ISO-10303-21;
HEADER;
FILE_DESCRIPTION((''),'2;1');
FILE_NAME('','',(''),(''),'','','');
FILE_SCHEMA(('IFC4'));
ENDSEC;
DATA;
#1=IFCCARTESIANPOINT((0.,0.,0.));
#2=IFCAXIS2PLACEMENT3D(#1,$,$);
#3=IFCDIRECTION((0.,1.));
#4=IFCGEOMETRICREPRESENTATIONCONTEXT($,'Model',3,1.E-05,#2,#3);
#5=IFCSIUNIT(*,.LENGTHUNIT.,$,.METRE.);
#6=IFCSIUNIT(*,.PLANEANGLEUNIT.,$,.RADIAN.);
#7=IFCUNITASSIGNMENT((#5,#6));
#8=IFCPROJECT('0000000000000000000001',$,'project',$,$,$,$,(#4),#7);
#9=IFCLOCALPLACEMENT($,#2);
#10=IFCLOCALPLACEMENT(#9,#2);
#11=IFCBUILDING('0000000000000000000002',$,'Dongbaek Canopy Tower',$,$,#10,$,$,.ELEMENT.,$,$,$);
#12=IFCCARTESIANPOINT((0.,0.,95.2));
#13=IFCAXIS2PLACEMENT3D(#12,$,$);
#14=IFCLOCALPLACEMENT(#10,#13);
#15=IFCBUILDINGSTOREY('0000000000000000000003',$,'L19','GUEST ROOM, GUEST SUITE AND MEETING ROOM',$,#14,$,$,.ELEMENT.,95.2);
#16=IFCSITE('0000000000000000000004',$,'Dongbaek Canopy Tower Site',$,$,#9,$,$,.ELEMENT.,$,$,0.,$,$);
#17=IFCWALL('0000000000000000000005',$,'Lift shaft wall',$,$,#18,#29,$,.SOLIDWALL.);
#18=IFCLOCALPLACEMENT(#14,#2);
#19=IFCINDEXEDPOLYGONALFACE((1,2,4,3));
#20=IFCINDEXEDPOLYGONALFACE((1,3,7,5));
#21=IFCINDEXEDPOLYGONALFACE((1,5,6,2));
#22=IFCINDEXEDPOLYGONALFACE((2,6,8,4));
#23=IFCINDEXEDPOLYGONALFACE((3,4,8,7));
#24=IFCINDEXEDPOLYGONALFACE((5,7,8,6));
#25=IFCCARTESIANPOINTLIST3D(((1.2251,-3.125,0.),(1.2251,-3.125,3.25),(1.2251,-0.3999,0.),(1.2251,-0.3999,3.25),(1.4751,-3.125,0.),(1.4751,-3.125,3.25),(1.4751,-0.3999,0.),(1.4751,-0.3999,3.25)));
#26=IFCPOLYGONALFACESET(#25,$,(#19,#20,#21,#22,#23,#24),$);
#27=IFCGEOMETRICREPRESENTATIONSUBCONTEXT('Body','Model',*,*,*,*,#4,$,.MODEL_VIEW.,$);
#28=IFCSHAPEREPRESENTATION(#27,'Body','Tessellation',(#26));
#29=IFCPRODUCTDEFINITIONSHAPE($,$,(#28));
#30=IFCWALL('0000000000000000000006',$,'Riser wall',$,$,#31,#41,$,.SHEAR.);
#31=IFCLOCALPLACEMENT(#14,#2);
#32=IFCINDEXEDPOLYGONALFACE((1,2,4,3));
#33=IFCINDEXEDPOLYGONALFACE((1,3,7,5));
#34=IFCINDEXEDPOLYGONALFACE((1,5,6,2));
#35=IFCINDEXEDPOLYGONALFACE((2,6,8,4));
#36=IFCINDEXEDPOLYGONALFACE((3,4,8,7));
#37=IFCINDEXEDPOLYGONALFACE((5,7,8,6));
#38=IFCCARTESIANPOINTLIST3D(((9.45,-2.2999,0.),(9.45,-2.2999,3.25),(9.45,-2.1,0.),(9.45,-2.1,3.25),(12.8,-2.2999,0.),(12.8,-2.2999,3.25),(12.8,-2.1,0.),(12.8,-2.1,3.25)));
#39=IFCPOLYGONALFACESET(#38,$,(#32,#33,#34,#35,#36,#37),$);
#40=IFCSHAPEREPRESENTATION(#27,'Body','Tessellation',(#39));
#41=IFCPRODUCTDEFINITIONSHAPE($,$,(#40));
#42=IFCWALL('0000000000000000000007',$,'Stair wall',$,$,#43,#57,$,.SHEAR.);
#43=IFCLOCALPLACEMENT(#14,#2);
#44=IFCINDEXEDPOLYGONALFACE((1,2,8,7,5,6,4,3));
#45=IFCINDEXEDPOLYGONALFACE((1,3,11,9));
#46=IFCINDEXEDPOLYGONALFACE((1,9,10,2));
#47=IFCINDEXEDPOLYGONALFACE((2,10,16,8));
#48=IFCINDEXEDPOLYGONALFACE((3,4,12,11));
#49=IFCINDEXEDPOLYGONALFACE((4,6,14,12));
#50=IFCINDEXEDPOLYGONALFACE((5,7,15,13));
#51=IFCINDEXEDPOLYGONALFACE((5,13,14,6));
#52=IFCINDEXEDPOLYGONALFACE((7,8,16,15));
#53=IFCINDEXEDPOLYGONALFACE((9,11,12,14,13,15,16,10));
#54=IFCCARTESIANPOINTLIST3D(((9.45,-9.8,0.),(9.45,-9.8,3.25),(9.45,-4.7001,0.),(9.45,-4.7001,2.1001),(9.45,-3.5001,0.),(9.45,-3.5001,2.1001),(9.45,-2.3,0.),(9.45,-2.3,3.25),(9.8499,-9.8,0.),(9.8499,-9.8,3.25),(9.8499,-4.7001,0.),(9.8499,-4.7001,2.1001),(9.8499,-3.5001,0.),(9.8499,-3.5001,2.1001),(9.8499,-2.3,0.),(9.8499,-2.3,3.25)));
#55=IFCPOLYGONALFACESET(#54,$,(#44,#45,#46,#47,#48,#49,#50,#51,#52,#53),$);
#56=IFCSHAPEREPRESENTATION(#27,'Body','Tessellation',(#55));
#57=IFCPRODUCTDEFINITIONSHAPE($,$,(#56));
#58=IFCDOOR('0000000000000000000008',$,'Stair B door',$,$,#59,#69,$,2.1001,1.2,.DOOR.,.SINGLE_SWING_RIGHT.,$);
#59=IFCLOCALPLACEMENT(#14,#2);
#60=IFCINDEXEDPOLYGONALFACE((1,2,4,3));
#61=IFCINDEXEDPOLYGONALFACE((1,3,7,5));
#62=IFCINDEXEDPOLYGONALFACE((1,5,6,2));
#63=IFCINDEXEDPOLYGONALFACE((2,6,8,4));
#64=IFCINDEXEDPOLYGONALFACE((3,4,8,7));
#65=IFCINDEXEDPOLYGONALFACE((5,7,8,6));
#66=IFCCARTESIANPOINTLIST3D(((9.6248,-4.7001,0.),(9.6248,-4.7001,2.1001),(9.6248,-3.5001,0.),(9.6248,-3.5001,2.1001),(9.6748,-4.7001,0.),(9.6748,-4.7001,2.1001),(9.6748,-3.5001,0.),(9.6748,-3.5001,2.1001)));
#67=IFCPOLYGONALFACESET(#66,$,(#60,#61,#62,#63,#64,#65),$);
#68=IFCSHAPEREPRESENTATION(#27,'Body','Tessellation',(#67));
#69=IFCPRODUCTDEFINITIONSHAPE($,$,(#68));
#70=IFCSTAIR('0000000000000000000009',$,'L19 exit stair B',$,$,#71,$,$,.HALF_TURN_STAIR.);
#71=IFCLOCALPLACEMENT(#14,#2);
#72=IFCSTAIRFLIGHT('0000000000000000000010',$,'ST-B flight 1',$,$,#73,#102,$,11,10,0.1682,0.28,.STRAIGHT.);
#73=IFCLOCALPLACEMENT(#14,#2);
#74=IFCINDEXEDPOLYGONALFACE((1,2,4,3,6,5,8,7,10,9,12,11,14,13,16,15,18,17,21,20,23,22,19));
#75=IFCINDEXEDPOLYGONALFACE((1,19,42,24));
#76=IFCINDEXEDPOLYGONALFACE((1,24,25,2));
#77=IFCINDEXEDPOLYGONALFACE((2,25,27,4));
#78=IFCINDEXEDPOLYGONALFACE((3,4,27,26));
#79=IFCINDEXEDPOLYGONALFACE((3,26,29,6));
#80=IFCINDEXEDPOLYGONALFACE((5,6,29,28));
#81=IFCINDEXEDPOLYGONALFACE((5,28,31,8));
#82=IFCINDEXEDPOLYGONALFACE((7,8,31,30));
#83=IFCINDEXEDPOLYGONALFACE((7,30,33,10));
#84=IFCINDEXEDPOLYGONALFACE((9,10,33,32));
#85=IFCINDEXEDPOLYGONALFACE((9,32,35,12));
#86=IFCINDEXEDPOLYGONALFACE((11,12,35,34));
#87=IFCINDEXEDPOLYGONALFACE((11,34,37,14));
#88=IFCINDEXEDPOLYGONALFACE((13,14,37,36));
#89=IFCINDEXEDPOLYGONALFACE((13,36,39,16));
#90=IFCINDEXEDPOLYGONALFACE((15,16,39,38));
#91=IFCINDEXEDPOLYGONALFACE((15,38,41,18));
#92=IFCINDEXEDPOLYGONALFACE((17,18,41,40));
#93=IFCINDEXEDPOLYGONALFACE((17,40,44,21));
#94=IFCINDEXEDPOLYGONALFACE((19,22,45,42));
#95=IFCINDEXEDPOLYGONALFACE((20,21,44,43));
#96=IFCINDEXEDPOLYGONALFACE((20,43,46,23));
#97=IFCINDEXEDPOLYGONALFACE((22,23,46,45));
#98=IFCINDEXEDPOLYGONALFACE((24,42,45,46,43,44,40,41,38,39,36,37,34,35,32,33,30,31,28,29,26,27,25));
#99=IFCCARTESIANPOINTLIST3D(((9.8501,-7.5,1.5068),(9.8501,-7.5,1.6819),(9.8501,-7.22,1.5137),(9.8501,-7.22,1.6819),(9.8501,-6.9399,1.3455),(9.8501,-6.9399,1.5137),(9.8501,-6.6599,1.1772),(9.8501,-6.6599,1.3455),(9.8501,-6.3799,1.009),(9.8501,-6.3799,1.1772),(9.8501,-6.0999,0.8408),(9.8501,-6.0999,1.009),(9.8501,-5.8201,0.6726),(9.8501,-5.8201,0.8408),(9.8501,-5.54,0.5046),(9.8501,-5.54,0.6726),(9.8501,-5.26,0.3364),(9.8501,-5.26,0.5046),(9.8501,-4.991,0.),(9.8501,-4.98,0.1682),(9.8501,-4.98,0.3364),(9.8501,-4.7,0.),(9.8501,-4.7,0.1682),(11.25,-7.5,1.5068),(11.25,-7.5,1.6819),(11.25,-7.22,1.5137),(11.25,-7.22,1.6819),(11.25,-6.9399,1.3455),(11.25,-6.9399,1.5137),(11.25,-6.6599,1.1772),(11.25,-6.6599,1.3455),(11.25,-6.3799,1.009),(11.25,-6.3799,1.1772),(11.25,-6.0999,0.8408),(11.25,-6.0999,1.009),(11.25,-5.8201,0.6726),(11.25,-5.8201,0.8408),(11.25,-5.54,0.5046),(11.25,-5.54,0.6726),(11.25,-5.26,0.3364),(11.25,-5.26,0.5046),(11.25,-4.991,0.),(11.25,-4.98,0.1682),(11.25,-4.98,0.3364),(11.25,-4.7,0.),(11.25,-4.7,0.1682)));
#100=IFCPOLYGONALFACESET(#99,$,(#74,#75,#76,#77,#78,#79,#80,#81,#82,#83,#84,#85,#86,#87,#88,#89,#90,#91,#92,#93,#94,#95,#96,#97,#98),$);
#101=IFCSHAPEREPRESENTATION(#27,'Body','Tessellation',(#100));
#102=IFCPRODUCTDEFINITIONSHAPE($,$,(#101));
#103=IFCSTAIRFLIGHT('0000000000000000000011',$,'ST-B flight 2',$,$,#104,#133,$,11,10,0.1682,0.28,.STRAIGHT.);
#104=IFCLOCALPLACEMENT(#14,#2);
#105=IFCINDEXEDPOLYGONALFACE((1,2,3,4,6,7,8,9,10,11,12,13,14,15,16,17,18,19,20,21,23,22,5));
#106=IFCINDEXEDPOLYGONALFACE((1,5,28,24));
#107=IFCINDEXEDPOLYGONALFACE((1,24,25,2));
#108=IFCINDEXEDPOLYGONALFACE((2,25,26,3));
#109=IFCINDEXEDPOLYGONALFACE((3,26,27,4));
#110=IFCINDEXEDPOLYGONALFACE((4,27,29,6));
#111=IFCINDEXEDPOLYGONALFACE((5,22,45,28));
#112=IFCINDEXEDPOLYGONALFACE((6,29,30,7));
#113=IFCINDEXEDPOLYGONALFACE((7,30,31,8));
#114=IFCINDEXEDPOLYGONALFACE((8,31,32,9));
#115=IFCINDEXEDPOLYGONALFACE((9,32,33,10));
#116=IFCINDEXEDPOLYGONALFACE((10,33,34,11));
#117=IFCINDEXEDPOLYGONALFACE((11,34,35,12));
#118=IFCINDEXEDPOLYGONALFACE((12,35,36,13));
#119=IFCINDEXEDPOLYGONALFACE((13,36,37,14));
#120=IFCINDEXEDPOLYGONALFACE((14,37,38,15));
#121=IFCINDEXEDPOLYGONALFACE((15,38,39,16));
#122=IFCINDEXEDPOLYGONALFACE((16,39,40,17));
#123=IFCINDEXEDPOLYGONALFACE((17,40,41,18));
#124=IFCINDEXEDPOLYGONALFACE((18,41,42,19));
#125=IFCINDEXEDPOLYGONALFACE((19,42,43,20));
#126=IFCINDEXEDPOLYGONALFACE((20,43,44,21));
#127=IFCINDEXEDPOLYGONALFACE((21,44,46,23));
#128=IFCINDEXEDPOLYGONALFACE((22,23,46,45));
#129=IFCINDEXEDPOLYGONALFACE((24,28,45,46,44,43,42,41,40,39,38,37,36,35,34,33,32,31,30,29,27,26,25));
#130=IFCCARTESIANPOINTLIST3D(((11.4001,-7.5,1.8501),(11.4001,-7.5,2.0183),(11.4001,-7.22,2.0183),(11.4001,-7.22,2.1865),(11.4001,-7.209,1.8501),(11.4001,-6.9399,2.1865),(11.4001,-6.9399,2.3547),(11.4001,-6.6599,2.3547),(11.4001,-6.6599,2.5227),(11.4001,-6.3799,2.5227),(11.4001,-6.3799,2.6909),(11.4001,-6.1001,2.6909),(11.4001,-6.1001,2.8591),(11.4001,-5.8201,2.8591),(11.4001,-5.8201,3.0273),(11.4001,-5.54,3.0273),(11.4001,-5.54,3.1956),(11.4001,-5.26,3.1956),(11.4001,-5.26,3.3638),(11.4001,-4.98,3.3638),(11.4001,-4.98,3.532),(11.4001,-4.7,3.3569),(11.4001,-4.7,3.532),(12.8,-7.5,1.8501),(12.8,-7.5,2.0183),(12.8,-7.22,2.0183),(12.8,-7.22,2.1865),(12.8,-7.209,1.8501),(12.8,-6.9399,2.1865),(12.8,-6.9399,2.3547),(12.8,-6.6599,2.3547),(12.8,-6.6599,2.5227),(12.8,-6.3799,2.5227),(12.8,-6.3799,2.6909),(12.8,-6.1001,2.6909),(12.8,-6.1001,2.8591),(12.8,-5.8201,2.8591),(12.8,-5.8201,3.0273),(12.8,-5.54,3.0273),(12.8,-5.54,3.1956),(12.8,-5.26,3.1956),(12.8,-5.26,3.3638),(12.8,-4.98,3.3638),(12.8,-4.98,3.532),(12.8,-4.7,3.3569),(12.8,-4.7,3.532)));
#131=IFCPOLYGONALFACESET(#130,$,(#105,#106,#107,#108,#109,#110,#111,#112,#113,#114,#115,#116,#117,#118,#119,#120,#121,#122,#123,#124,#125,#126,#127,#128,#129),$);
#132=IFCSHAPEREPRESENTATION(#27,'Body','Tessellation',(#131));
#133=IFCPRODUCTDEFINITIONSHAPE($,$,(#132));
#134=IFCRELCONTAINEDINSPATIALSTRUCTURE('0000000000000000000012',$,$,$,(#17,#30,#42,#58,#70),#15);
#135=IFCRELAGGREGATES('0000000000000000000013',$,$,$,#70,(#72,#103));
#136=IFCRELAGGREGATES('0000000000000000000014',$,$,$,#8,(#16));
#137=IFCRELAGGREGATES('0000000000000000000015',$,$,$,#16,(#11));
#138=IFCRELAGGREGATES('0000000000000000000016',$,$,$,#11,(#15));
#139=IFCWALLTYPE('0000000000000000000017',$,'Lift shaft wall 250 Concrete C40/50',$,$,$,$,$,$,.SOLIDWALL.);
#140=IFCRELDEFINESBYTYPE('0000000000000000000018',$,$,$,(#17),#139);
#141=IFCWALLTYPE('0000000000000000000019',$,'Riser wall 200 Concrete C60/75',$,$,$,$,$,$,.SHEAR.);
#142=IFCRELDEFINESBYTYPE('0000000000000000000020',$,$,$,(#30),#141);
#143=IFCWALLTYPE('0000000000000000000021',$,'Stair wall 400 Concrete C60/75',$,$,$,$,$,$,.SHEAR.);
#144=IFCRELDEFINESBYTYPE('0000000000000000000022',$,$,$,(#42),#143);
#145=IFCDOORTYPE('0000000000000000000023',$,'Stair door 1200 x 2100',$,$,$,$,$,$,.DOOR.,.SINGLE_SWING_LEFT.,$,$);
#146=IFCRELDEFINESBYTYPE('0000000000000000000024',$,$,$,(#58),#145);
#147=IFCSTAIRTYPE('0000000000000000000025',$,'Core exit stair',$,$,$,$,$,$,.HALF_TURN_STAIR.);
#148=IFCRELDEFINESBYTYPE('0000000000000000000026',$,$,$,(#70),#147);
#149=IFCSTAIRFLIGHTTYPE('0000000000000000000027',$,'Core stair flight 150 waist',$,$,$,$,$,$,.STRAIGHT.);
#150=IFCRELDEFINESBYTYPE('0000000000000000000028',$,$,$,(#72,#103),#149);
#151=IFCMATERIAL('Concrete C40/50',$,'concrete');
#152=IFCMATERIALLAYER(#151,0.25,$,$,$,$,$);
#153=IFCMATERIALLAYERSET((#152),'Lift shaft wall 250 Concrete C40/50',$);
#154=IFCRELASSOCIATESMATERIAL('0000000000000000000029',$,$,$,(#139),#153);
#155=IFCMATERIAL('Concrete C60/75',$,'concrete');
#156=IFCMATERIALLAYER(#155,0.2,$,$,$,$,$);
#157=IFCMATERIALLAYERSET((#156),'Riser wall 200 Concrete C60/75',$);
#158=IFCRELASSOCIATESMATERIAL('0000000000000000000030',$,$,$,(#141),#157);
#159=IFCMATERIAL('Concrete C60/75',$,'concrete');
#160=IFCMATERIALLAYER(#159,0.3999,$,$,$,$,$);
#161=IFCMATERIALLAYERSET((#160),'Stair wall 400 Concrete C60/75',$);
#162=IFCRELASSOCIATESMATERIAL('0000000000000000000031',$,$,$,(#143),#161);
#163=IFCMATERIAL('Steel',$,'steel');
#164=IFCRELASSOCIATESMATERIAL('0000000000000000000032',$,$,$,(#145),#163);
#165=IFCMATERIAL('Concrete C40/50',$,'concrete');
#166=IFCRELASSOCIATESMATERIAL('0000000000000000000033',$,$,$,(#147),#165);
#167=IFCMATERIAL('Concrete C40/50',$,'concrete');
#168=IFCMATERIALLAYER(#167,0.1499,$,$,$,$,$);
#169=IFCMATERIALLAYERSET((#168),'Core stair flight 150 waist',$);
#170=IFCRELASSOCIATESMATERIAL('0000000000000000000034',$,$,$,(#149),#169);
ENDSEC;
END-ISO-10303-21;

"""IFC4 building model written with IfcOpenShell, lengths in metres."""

from ifc_helpers import new_model, si_unit, direction, frame, frame_2d, origin, place, context, subcontext, project, spatial, polyline, rectangle, outline, extrude, material, layer, layer_set, type_object, element, fill, aggregate, save


model = new_model("IFC4")

# Units and contexts
model_context = context("Model", 3, precision=1e-05, world=origin(), true_north=direction((0.0, 1.0)))
body_context = subcontext(model_context, "Body", "Model", "MODEL_VIEW")
ifc_project = project(units=[si_unit("LENGTHUNIT", "METRE"), si_unit("PLANEANGLEUNIT", "RADIAN")], contexts=[model_context])

# Site, building, storey
site_placement = place(None, origin())
site = spatial("IfcSite", under=ifc_project, at=site_placement, Name="Dongbaek Canopy Tower Site", CompositionType="ELEMENT", RefElevation=0.0)
building_placement = place(site_placement, origin())
building = spatial("IfcBuilding", under=site, at=building_placement, Name="Dongbaek Canopy Tower", CompositionType="ELEMENT")
storey_placement = place(building_placement, frame((0.0, 0.0, 95.2)))
storey = spatial("IfcBuildingStorey", under=building, at=storey_placement, Name="L19", Description="GUEST ROOM, GUEST SUITE AND MEETING ROOM", CompositionType="ELEMENT", Elevation=95.2)

# Walls
ifc_material_1 = material(Name="Concrete C40/50", Category="concrete")
ifc_layer_1 = layer(ifc_material_1, 0.25)
ifc_layer_set_1 = layer_set([ifc_layer_1], Name="Lift shaft wall 250 Concrete C40/50")
wall_type_1 = type_object("IfcWallType", Name="Lift shaft wall 250 Concrete C40/50", PredefinedType="SOLIDWALL", material=ifc_layer_set_1)
for number, where, z_axis, x_axis, name in (
    (1, (1.3501, -3.125, 0.0), (0.0, 0.0, 1.0), (0.0, 1.0, 0.0), "Lift shaft wall"),
):
    element("IfcWall", number, at=place(storey_placement, frame(where, z_axis=z_axis, x_axis=x_axis)), inside=storey, type_object=wall_type_1, Name=name, PredefinedType="SOLIDWALL", context=body_context, shape_type="SweptSolid", body=[
        extrude(rectangle(XDim=2.7251, YDim=0.25, at=frame_2d((1.3625, 0.0))), origin(), (0.0, 0.0, 1.0), 3.25),
    ])
ifc_material_2 = material(Name="Concrete C60/75", Category="concrete")
ifc_layer_2 = layer(ifc_material_2, 0.2)
ifc_layer_set_2 = layer_set([ifc_layer_2], Name="Riser wall 200 Concrete C60/75")
wall_type_2 = type_object("IfcWallType", Name="Riser wall 200 Concrete C60/75", PredefinedType="SHEAR", material=ifc_layer_set_2)
wall_1_placement = place(storey_placement, frame((9.45, -2.2, 0.0), z_axis=(0.0, 0.0, 1.0), x_axis=(1.0, 0.0, 0.0)))
element("IfcWall", 2, at=wall_1_placement, inside=storey, type_object=wall_type_2, Name="Riser wall", PredefinedType="SHEAR", context=body_context, shape_type="SweptSolid", body=[
    extrude(rectangle(XDim=3.3501, YDim=0.2, at=frame_2d((1.675, 0.0))), origin(), (0.0, 0.0, 1.0), 3.25),
])

# Wall, opening, door
ifc_material_3 = material(Name="Concrete C60/75", Category="concrete")
ifc_layer_3 = layer(ifc_material_3, 0.3999)
ifc_layer_set_3 = layer_set([ifc_layer_3], Name="Stair wall 400 Concrete C60/75")
wall_type_3 = type_object("IfcWallType", Name="Stair wall 400 Concrete C60/75", PredefinedType="SHEAR", material=ifc_layer_set_3)
wall_2_placement = place(storey_placement, frame((9.6499, -2.3, 0.0), z_axis=(0.0, 0.0, 1.0), x_axis=(0.0, -1.0, 0.0)))
wall_2 = element("IfcWall", 3, at=wall_2_placement, inside=storey, type_object=wall_type_3, Name="Stair wall", PredefinedType="SHEAR", context=body_context, shape_type="SweptSolid", body=[
    extrude(rectangle(XDim=7.5, YDim=0.3999, at=frame_2d((3.75, 0.0))), origin(), (0.0, 0.0, 1.0), 3.25),
])
opening_1_placement = place(wall_2_placement, frame((1.2, 0.0, 0.0)))
opening_1 = element("IfcOpeningElement", 4, at=opening_1_placement, cuts=wall_2, PredefinedType="OPENING", context=body_context, shape_type="SweptSolid", body=[
    extrude(rectangle(XDim=1.2, YDim=2.1001, at=frame_2d((0.6001, 1.05))), frame((0.0, 0.21, 0.0), z_axis=(0.0, -1.0, 0.0), x_axis=(1.0, 0.0, 0.0)), (0.0, 0.0, 1.0), 0.4199),
])
ifc_material_4 = material(Name="Steel", Category="steel")
door_type_1 = type_object("IfcDoorType", Name="Stair door 1200 x 2100", OperationType="SINGLE_SWING_LEFT", PredefinedType="DOOR", material=ifc_material_4)
door_1_placement = place(opening_1_placement, origin())
door_1 = element("IfcDoor", 5, at=door_1_placement, inside=storey, type_object=door_type_1, Name="Stair B door", OperationType="SINGLE_SWING_RIGHT", OverallHeight=2.1001, OverallWidth=1.2, PredefinedType="DOOR", context=body_context, shape_type="SweptSolid", body=[
    extrude(rectangle(XDim=1.2, YDim=2.1001, at=frame_2d((0.6001, 1.05))), frame((0.0, 0.0249, 0.0), z_axis=(0.0, -1.0, 0.0), x_axis=(1.0, 0.0, 0.0)), (0.0, 0.0, 1.0), 0.05),
])
fill(opening_1, door_1)

# Stair, stair flights
ifc_material_5 = material(Name="Concrete C40/50", Category="concrete")
stair_type = type_object("IfcStairType", Name="Core exit stair", PredefinedType="HALF_TURN_STAIR", material=ifc_material_5)
stair_placement = place(storey_placement, origin())
stair = element("IfcStair", 6, at=stair_placement, inside=storey, type_object=stair_type, Name="L19 exit stair B", PredefinedType="HALF_TURN_STAIR")
ifc_material_6 = material(Name="Concrete C40/50", Category="concrete")
ifc_layer_4 = layer(ifc_material_6, 0.1499)
ifc_layer_set_4 = layer_set([ifc_layer_4], Name="Core stair flight 150 waist")
stair_flight_type = type_object("IfcStairFlightType", Name="Core stair flight 150 waist", PredefinedType="STRAIGHT", material=ifc_layer_set_4)
stair_flight_1_placement = place(storey_placement, frame((10.55, -4.7, 0.0), z_axis=(0.0, 0.0, 1.0), x_axis=(0.0, -1.0, 0.0)))
stair_flight_1 = element("IfcStairFlight", 7, at=stair_flight_1_placement, type_object=stair_flight_type, Name="ST-B flight 1", NumberOfRisers=11, NumberOfTreads=10, PredefinedType="STRAIGHT", RiserHeight=0.1682, TreadLength=0.28, context=body_context, shape_type="SweptSolid", body=[
    extrude(outline(polyline([(0.0, 0.0), (0.0, 0.1682), (0.28, 0.1682), (0.28, 0.3364), (0.5601, 0.3364), (0.5601, 0.5046), (0.8401, 0.5046), (0.8401, 0.6726), (1.1201, 0.6726), (1.1201, 0.8408), (1.3999, 0.8408), (1.3999, 1.009), (1.6799, 1.009), (1.6799, 1.1772), (1.96, 1.1772), (1.96, 1.3455), (2.24, 1.3455), (2.24, 1.5137), (2.52, 1.5137), (2.52, 1.6819), (2.8, 1.6819), (2.8, 1.8501), (2.8, 1.5068), (0.291, 0.0), (0.0, 0.0)])), frame((0.0, 0.7, 0.0), z_axis=(0.0, -1.0, 0.0), x_axis=(1.0, 0.0, 0.0)), (0.0, 0.0, 1.0), 1.3999),
])
stair_flight_2_placement = place(storey_placement, frame((12.1001, -7.5, 1.8501), z_axis=(0.0, 0.0, 1.0), x_axis=(0.0, 1.0, 0.0)))
stair_flight_2 = element("IfcStairFlight", 8, at=stair_flight_2_placement, type_object=stair_flight_type, Name="ST-B flight 2", NumberOfRisers=11, NumberOfTreads=10, PredefinedType="STRAIGHT", RiserHeight=0.1682, TreadLength=0.28, context=body_context, shape_type="SweptSolid", body=[
    extrude(outline(polyline([(0.0, 0.0), (0.0, 0.1682), (0.28, 0.1682), (0.28, 0.3364), (0.5601, 0.3364), (0.5601, 0.5046), (0.8401, 0.5046), (0.8401, 0.6726), (1.1201, 0.6726), (1.1201, 0.8408), (1.3999, 0.8408), (1.3999, 1.009), (1.6799, 1.009), (1.6799, 1.1772), (1.96, 1.1772), (1.96, 1.3455), (2.24, 1.3455), (2.24, 1.5137), (2.52, 1.5137), (2.52, 1.6819), (2.8, 1.6819), (2.8, 1.8501), (2.8, 1.5068), (0.291, 0.0), (0.0, 0.0)])), frame((0.0, 0.7, 0.0), z_axis=(0.0, -1.0, 0.0), x_axis=(1.0, 0.0, 0.0)), (0.0, 0.0, 1.0), 1.3999),
])
aggregate(stair, [stair_flight_1, stair_flight_2])

save(model, "model.ifc")
